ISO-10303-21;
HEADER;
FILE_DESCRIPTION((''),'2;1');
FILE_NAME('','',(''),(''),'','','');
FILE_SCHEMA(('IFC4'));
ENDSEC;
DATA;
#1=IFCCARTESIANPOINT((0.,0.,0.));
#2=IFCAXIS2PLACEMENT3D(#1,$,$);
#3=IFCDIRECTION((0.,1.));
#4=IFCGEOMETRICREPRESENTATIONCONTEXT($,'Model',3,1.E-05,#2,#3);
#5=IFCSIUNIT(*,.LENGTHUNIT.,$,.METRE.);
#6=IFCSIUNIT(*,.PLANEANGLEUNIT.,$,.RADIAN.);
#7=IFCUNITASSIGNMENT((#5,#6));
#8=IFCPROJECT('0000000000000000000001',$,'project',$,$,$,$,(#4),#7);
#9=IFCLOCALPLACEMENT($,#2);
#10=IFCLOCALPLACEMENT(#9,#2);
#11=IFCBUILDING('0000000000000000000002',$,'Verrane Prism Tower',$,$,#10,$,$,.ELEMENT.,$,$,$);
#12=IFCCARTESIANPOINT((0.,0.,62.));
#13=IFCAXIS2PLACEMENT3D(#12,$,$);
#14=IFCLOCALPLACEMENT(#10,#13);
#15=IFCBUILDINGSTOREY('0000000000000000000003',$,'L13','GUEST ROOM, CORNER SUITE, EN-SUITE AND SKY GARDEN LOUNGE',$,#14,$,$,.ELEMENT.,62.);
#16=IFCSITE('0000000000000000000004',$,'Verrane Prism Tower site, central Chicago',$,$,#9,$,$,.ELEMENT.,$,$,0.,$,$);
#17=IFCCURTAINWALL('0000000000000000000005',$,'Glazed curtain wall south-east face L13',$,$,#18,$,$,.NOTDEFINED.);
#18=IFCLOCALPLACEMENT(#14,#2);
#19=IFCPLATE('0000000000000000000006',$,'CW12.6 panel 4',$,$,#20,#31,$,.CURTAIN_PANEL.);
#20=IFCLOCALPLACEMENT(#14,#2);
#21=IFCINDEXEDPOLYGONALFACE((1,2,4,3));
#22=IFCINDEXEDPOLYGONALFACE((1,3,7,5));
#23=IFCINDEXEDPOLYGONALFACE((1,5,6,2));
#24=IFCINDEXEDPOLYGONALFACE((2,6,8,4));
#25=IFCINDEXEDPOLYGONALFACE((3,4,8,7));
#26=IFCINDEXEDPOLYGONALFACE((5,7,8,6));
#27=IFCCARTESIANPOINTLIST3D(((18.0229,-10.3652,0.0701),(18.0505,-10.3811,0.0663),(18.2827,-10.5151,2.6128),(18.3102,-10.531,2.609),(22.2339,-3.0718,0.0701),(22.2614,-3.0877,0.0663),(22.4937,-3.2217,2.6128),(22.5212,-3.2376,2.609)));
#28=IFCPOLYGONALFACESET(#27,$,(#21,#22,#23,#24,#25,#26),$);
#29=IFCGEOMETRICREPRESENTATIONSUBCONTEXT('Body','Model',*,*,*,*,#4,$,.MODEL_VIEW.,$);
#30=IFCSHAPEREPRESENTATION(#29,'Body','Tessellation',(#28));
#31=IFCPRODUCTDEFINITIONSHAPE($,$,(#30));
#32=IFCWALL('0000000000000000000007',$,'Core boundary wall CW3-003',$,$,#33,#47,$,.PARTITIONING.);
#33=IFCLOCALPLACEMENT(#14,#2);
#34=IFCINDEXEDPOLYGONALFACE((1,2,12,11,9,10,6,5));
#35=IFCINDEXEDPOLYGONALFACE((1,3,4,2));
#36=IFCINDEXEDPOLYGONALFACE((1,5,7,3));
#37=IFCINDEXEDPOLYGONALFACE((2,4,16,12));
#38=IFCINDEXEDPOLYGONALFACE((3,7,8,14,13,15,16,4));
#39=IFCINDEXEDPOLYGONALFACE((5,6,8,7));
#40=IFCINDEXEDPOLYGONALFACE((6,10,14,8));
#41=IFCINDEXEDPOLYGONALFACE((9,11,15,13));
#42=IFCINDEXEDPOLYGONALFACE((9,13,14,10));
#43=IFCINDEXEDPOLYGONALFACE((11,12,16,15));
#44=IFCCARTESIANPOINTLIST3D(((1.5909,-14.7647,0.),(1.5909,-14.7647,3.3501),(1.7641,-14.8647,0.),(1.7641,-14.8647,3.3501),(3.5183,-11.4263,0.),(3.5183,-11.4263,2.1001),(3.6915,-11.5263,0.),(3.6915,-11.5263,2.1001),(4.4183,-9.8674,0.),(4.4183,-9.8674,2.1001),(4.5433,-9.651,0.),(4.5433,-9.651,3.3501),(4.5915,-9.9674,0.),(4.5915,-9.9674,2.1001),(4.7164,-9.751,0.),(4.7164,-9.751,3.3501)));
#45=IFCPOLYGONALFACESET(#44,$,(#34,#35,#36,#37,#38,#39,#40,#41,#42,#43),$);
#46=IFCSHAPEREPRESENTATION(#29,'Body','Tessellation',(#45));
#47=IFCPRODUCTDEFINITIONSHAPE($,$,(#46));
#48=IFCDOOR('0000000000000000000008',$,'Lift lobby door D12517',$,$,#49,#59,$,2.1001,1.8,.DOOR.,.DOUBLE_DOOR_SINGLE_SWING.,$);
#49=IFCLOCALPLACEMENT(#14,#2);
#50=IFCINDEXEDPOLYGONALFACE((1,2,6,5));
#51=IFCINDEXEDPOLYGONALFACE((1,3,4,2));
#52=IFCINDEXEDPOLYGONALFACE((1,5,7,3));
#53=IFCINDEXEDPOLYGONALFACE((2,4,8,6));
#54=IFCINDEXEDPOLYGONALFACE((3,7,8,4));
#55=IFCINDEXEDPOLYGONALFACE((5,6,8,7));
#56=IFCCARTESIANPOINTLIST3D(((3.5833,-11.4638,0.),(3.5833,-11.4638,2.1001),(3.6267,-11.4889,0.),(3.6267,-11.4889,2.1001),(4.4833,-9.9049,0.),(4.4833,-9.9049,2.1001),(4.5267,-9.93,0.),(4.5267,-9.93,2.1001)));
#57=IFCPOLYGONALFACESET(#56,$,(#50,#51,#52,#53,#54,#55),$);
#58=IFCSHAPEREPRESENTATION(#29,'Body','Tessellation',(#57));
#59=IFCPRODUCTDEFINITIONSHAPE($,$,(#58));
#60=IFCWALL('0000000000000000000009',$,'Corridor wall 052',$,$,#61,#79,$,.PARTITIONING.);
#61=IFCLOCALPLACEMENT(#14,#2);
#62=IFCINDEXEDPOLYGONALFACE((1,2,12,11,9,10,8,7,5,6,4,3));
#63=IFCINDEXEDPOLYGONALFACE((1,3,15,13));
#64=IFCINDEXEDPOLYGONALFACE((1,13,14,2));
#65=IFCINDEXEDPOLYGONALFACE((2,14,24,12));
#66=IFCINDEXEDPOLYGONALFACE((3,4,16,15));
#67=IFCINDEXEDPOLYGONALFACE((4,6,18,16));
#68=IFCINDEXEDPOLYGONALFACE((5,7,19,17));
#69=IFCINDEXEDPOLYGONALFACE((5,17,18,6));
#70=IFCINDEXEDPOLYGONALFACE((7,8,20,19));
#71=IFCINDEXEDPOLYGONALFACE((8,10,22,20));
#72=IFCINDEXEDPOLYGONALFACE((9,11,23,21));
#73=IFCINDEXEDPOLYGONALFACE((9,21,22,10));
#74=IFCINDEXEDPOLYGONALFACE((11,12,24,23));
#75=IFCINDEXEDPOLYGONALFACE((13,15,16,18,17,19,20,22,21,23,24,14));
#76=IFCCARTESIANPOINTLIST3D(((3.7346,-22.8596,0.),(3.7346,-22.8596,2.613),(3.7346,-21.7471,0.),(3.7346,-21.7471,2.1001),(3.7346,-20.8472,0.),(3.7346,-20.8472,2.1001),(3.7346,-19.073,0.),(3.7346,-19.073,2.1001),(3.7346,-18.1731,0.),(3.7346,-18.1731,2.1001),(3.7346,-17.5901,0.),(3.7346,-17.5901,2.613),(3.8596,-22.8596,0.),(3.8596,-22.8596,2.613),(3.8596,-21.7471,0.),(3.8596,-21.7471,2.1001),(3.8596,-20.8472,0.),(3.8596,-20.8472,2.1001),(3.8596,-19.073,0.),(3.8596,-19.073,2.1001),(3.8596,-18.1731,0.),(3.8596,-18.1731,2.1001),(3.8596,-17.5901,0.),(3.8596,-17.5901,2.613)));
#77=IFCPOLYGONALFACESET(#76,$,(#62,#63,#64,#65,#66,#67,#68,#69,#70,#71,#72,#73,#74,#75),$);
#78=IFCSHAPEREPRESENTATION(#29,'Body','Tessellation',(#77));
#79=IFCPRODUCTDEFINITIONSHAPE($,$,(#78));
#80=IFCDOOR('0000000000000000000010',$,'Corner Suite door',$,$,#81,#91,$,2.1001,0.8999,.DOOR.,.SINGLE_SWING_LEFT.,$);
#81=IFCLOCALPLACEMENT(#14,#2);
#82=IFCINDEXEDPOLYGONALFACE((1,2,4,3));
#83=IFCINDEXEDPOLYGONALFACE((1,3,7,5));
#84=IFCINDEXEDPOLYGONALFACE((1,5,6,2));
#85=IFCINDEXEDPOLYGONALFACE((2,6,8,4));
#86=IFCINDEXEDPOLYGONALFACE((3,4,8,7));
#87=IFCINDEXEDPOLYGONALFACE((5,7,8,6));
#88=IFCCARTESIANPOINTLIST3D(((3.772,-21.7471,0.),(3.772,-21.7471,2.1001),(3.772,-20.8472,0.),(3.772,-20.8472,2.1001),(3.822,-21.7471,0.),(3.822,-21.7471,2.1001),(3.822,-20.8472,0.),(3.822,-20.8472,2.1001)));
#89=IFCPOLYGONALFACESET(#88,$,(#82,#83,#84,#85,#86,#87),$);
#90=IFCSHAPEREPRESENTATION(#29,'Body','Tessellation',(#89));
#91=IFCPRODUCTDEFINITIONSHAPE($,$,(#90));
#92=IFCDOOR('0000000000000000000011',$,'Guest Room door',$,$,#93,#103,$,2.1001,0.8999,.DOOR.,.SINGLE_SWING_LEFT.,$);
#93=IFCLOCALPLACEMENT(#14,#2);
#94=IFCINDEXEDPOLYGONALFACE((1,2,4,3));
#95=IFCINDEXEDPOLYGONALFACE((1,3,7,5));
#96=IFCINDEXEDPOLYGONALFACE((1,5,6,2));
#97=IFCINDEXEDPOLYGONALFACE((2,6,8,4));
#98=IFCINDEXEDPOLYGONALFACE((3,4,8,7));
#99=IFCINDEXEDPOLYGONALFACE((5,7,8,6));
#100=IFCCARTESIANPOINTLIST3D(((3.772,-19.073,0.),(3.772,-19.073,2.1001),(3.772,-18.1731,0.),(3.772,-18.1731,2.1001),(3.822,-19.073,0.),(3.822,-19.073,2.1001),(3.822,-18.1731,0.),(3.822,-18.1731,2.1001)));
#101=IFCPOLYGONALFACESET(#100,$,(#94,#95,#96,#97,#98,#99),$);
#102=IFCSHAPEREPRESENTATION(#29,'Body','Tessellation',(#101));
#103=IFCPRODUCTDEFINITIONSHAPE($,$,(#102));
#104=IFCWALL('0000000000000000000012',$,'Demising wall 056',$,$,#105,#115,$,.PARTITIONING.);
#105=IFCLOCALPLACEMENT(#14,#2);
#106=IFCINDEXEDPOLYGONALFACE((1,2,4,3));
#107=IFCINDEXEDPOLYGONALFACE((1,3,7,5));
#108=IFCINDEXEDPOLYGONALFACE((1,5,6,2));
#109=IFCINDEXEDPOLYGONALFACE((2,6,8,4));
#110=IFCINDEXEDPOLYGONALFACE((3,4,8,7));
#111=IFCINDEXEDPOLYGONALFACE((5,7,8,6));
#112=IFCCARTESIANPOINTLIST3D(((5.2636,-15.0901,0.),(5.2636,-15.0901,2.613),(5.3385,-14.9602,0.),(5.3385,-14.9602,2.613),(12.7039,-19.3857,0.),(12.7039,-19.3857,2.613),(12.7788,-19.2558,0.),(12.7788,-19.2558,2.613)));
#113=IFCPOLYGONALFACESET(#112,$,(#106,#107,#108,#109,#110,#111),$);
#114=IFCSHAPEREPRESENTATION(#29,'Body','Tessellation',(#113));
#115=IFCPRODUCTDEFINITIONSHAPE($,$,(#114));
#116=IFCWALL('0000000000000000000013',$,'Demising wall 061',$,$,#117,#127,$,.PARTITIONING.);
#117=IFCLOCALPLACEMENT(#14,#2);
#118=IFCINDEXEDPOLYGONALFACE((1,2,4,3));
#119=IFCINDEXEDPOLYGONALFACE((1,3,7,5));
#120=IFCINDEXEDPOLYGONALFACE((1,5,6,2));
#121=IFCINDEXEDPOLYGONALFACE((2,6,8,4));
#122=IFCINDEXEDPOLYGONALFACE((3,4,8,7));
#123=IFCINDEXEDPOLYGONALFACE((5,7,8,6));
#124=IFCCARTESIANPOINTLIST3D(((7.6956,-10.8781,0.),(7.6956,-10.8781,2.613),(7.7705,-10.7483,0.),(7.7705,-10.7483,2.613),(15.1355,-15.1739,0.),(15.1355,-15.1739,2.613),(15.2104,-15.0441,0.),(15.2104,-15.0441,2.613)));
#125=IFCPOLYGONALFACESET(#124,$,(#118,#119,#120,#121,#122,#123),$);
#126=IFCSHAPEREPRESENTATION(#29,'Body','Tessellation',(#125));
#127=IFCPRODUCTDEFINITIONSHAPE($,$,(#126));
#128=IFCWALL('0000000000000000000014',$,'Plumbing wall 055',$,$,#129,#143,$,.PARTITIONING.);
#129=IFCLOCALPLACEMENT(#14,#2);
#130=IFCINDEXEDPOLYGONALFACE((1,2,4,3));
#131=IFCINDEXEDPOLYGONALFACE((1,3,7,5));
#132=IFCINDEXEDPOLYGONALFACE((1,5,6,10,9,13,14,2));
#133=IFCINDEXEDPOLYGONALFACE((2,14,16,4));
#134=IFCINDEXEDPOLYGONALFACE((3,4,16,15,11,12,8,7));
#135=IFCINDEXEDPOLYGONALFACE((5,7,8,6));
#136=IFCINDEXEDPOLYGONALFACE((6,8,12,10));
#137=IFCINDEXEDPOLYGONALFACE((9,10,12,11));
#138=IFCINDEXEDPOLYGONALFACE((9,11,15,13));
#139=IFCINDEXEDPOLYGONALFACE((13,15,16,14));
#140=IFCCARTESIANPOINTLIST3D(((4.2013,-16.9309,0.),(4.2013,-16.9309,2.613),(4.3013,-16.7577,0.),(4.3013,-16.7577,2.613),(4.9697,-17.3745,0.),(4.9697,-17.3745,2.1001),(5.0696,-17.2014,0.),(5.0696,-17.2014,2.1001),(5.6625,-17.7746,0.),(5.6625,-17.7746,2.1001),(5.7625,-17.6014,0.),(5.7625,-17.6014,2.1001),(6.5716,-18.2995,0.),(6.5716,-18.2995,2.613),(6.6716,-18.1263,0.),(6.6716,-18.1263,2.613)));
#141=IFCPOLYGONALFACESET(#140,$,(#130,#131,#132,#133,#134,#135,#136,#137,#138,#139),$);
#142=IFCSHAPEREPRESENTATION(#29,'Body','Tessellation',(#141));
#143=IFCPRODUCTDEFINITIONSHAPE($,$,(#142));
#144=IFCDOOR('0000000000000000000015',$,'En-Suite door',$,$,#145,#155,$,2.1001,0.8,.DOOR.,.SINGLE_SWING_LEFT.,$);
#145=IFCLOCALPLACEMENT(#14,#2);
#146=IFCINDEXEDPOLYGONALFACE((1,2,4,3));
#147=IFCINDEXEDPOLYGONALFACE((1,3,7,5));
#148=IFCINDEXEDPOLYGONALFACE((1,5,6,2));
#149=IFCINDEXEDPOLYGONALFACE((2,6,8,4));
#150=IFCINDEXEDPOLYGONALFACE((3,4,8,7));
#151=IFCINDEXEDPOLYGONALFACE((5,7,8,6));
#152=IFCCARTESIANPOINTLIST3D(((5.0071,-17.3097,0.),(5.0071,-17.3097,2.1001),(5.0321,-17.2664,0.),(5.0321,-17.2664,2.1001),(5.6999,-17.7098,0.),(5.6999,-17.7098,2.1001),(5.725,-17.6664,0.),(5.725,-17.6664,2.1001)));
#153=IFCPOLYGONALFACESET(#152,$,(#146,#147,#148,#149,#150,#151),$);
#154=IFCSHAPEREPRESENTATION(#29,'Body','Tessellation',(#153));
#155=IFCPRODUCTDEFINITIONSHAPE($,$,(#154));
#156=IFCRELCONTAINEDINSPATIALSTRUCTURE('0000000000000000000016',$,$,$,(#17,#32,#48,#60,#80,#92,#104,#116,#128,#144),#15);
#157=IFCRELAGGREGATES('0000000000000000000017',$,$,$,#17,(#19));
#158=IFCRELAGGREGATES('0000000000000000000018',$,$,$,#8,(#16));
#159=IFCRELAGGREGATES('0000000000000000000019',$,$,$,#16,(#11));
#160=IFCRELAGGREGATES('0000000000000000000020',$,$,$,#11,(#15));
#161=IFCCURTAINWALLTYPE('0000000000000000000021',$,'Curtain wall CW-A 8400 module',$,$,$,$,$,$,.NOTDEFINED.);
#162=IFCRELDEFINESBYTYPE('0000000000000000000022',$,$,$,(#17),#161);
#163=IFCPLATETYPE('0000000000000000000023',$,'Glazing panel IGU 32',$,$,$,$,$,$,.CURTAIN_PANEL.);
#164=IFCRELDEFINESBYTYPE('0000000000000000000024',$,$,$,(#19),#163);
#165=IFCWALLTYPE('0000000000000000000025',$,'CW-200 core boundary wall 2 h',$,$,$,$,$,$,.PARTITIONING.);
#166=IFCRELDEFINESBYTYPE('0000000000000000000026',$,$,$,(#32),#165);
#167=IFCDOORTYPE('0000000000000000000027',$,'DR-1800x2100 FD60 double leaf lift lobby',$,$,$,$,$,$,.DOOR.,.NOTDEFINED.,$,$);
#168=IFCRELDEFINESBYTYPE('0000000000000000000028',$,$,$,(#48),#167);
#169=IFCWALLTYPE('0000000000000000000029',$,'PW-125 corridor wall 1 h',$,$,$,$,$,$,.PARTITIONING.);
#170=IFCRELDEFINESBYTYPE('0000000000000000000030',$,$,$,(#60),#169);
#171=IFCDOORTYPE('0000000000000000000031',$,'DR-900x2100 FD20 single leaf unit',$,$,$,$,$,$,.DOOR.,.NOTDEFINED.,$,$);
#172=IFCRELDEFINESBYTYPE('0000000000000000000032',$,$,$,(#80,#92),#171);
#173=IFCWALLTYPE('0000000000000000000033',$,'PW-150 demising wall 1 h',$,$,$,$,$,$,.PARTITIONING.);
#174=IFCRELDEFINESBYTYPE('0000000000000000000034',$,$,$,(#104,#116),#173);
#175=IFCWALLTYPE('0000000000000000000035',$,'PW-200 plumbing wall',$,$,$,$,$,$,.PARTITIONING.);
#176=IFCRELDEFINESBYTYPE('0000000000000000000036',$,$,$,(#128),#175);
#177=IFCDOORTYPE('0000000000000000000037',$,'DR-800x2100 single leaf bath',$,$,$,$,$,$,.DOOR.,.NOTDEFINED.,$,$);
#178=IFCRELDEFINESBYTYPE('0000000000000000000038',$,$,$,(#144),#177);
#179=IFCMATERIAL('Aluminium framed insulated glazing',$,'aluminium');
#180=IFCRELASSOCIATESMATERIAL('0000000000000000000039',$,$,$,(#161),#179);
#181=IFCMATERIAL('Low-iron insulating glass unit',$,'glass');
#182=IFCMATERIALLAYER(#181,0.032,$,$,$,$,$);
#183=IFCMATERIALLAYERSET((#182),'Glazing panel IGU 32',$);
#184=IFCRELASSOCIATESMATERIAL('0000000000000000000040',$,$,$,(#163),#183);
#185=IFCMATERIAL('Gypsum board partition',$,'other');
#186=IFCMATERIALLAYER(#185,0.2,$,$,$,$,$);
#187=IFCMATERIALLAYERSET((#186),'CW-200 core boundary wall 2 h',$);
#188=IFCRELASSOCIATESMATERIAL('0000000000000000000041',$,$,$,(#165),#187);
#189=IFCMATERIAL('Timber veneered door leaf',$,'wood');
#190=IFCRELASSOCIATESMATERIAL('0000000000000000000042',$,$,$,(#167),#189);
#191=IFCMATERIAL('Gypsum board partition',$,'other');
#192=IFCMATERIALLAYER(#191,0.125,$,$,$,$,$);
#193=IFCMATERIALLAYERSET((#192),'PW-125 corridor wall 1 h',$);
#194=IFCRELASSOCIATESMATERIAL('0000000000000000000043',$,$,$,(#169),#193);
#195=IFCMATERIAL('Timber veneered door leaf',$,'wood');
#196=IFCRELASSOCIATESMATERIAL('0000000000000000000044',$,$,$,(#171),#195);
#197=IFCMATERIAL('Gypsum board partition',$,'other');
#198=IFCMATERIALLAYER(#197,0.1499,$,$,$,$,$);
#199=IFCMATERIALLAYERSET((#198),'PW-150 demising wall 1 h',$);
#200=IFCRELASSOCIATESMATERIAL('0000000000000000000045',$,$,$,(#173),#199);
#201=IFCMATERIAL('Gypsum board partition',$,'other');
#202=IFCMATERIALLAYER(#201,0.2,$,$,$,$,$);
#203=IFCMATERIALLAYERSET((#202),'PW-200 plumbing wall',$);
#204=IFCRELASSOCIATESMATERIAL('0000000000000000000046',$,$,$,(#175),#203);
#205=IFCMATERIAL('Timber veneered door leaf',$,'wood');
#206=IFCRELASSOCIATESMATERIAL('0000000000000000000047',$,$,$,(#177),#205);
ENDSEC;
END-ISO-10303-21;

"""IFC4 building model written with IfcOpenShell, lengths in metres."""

from ifc_helpers import new_model, si_unit, direction, frame, frame_2d, origin, place, context, subcontext, project, spatial, polyline, rectangle, outline, extrude, material, layer, layer_set, type_object, element, fill, aggregate, save


model = new_model("IFC4")

# Units and contexts
model_context = context("Model", 3, precision=1e-05, world=origin(), true_north=direction((0.0, 1.0)))
body_context = subcontext(model_context, "Body", "Model", "MODEL_VIEW")
ifc_project = project(units=[si_unit("LENGTHUNIT", "METRE"), si_unit("PLANEANGLEUNIT", "RADIAN")], contexts=[model_context])

# Site, building, storey
site_placement = place(None, origin())
site = spatial("IfcSite", under=ifc_project, at=site_placement, Name="Verrane Prism Tower site, central Chicago", CompositionType="ELEMENT", RefElevation=0.0)
building_placement = place(site_placement, origin())
building = spatial("IfcBuilding", under=site, at=building_placement, Name="Verrane Prism Tower", CompositionType="ELEMENT")
storey_placement = place(building_placement, frame((0.0, 0.0, 62.0)))
storey = spatial("IfcBuildingStorey", under=building, at=storey_placement, Name="L13", Description="GUEST ROOM, CORNER SUITE, EN-SUITE AND SKY GARDEN LOUNGE", CompositionType="ELEMENT", Elevation=62.0)

# Curtain wall
ifc_material_1 = material(Name="Aluminium framed insulated glazing", Category="aluminium")
curtain_wall_type = type_object("IfcCurtainWallType", Name="Curtain wall CW-A 8400 module", PredefinedType="NOTDEFINED", material=ifc_material_1)
curtain_wall_placement = place(storey_placement, origin())
curtain_wall = element("IfcCurtainWall", 1, at=curtain_wall_placement, inside=storey, type_object=curtain_wall_type, Name="Glazed curtain wall south-east face L13", PredefinedType="NOTDEFINED")

# Plate
ifc_material_2 = material(Name="Low-iron insulating glass unit", Category="glass")
ifc_layer_1 = layer(ifc_material_2, 0.032)
ifc_layer_set_1 = layer_set([ifc_layer_1], Name="Glazing panel IGU 32")
plate_type = type_object("IfcPlateType", Name="Glazing panel IGU 32", PredefinedType="CURTAIN_PANEL", material=ifc_layer_set_1)
plate_1_placement = place(storey_placement, frame((18.0229, -10.3652, 0.0701), z_axis=(-0.86006, 0.496563, 0.117138), x_axis=(0.500005, 0.866022, 0.0)))
plate_1 = element("IfcPlate", 2, at=plate_1_placement, type_object=plate_type, Name="CW12.6 panel 4", PredefinedType="CURTAIN_PANEL", context=body_context, shape_type="SweptSolid", body=[
    extrude(outline(polyline([(0.0, 0.0), (8.4218, 0.0), (8.4219, -2.5604), (0.0001, -2.5604), (0.0, 0.0)])), origin(), (0.0, 0.0, -1.0), 0.032),
])
aggregate(curtain_wall, [plate_1])

# Wall, opening, door
ifc_material_3 = material(Name="Gypsum board partition", Category="other")
ifc_layer_2 = layer(ifc_material_3, 0.2)
ifc_layer_set_2 = layer_set([ifc_layer_2], Name="CW-200 core boundary wall 2 h")
wall_type_1 = type_object("IfcWallType", Name="CW-200 core boundary wall 2 h", PredefinedType="PARTITIONING", material=ifc_layer_set_2)
wall_1_placement = place(storey_placement, frame((1.6775, -14.8147, 0.0), z_axis=(0.0, 0.0, 1.0), x_axis=(0.499994, 0.866029, 0.0)))
wall_1 = element("IfcWall", 3, at=wall_1_placement, inside=storey, type_object=wall_type_1, Name="Core boundary wall CW3-003", PredefinedType="PARTITIONING", context=body_context, shape_type="SweptSolid", body=[
    extrude(rectangle(XDim=5.9048, YDim=0.2, at=frame_2d((2.9524, 0.0))), origin(), (0.0, 0.0, 1.0), 3.3501),
])
opening_1_placement = place(wall_1_placement, frame((3.855, 0.0, 0.0)))
opening_1 = element("IfcOpeningElement", 4, at=opening_1_placement, cuts=wall_1, PredefinedType="OPENING", context=body_context, shape_type="SweptSolid", body=[
    extrude(rectangle(XDim=1.8, YDim=2.1001, at=frame_2d((0.8999, 1.05))), frame((0.0, 0.1099, 0.0), z_axis=(0.0, -1.0, 0.0), x_axis=(1.0, 0.0, 0.0)), (0.0, 0.0, 1.0), 0.22),
])
ifc_material_4 = material(Name="Timber veneered door leaf", Category="wood")
door_type_1 = type_object("IfcDoorType", Name="DR-1800x2100 FD60 double leaf lift lobby", OperationType="NOTDEFINED", PredefinedType="DOOR", material=ifc_material_4)
door_1_placement = place(opening_1_placement, origin())
door_1 = element("IfcDoor", 5, at=door_1_placement, inside=storey, type_object=door_type_1, Name="Lift lobby door D12517", OperationType="DOUBLE_DOOR_SINGLE_SWING", OverallHeight=2.1001, OverallWidth=1.8, PredefinedType="DOOR", context=body_context, shape_type="SweptSolid", body=[
    extrude(rectangle(XDim=1.8, YDim=2.1001, at=frame_2d((0.8999, 1.05))), frame((0.0, 0.0249, 0.0), z_axis=(0.0, -1.0, 0.0), x_axis=(1.0, 0.0, 0.0)), (0.0, 0.0, 1.0), 0.05),
])
fill(opening_1, door_1)

# Wall, openings, doors
ifc_material_5 = material(Name="Gypsum board partition", Category="other")
ifc_layer_3 = layer(ifc_material_5, 0.125)
ifc_layer_set_3 = layer_set([ifc_layer_3], Name="PW-125 corridor wall 1 h")
wall_type_2 = type_object("IfcWallType", Name="PW-125 corridor wall 1 h", PredefinedType="PARTITIONING", material=ifc_layer_set_3)
wall_2_placement = place(storey_placement, frame((3.7971, -17.5901, 0.0), z_axis=(0.0, 0.0, 1.0), x_axis=(0.0, -1.0, 0.0)))
wall_2 = element("IfcWall", 6, at=wall_2_placement, inside=storey, type_object=wall_type_2, Name="Corridor wall 052", PredefinedType="PARTITIONING", context=body_context, shape_type="SweptSolid", body=[
    extrude(rectangle(XDim=5.2695, YDim=0.125, at=frame_2d((2.6348, 0.0))), origin(), (0.0, 0.0, 1.0), 2.613),
])
opening_2_placement = place(wall_2_placement, frame((3.2571, 0.0, 0.0)))
opening_2 = element("IfcOpeningElement", 7, at=opening_2_placement, cuts=wall_2, PredefinedType="OPENING", context=body_context, shape_type="SweptSolid", body=[
    extrude(rectangle(XDim=0.8999, YDim=2.1001, at=frame_2d((0.45, 1.05))), frame((0.0, 0.0725, 0.0), z_axis=(0.0, -1.0, 0.0), x_axis=(1.0, 0.0, 0.0)), (0.0, 0.0, 1.0), 0.145),
])
opening_3_placement = place(wall_2_placement, frame((0.583, 0.0, 0.0)))
opening_3 = element("IfcOpeningElement", 8, at=opening_3_placement, cuts=wall_2, PredefinedType="OPENING", context=body_context, shape_type="SweptSolid", body=[
    extrude(rectangle(XDim=0.8999, YDim=2.1001, at=frame_2d((0.45, 1.05))), frame((0.0, 0.0725, 0.0), z_axis=(0.0, -1.0, 0.0), x_axis=(1.0, 0.0, 0.0)), (0.0, 0.0, 1.0), 0.145),
])
ifc_material_6 = material(Name="Timber veneered door leaf", Category="wood")
door_type_2 = type_object("IfcDoorType", Name="DR-900x2100 FD20 single leaf unit", OperationType="NOTDEFINED", PredefinedType="DOOR", material=ifc_material_6)
door_2_placement = place(opening_2_placement, origin())
door_2 = element("IfcDoor", 9, at=door_2_placement, inside=storey, type_object=door_type_2, Name="Corner Suite door", OperationType="SINGLE_SWING_LEFT", OverallHeight=2.1001, OverallWidth=0.8999, PredefinedType="DOOR", context=body_context, shape_type="SweptSolid", body=[
    extrude(rectangle(XDim=0.8999, YDim=2.1001, at=frame_2d((0.45, 1.05))), frame((0.0, 0.0249, 0.0), z_axis=(0.0, -1.0, 0.0), x_axis=(1.0, 0.0, 0.0)), (0.0, 0.0, 1.0), 0.05),
])
fill(opening_2, door_2)
door_3_placement = place(opening_3_placement, origin())
door_3 = element("IfcDoor", 10, at=door_3_placement, inside=storey, type_object=door_type_2, Name="Guest Room door", OperationType="SINGLE_SWING_LEFT", OverallHeight=2.1001, OverallWidth=0.8999, PredefinedType="DOOR", context=body_context, shape_type="SweptSolid", body=[
    extrude(rectangle(XDim=0.8999, YDim=2.1001, at=frame_2d((0.45, 1.05))), frame((0.0, 0.0249, 0.0), z_axis=(0.0, -1.0, 0.0), x_axis=(1.0, 0.0, 0.0)), (0.0, 0.0, 1.0), 0.05),
])
fill(opening_3, door_3)

# Walls
ifc_material_7 = material(Name="Gypsum board partition", Category="other")
ifc_layer_4 = layer(ifc_material_7, 0.1499)
ifc_layer_set_4 = layer_set([ifc_layer_4], Name="PW-150 demising wall 1 h")
wall_type_3 = type_object("IfcWallType", Name="PW-150 demising wall 1 h", PredefinedType="PARTITIONING", material=ifc_layer_set_4)
wall_3_placement = place(storey_placement, frame((5.301, -15.0251, 0.0), z_axis=(0.0, 0.0, 1.0), x_axis=(0.866029, -0.499993, 0.0)))
element("IfcWall", 11, at=wall_3_placement, inside=storey, type_object=wall_type_3, Name="Demising wall 056", PredefinedType="PARTITIONING", context=body_context, shape_type="SweptSolid", body=[
    extrude(rectangle(XDim=8.5913, YDim=0.1499, at=frame_2d((4.2957, 0.0))), origin(), (0.0, 0.0, 1.0), 2.613),
])
wall_4_placement = place(storey_placement, frame((7.7332, -10.8132, 0.0), z_axis=(0.0, 0.0, 1.0), x_axis=(0.866003, -0.500039, 0.0)))
element("IfcWall", 12, at=wall_4_placement, inside=storey, type_object=wall_type_3, Name="Demising wall 061", PredefinedType="PARTITIONING", context=body_context, shape_type="SweptSolid", body=[
    extrude(rectangle(XDim=8.5911, YDim=0.1499, at=frame_2d((4.2954, 0.0))), origin(), (0.0, 0.0, 1.0), 2.613),
])

# Wall, opening, door
ifc_material_8 = material(Name="Gypsum board partition", Category="other")
ifc_layer_5 = layer(ifc_material_8, 0.2)
ifc_layer_set_5 = layer_set([ifc_layer_5], Name="PW-200 plumbing wall")
wall_type_4 = type_object("IfcWallType", Name="PW-200 plumbing wall", PredefinedType="PARTITIONING", material=ifc_layer_set_5)
wall_5_placement = place(storey_placement, frame((4.2512, -16.8442, 0.0), z_axis=(0.0, 0.0, 1.0), x_axis=(0.866006, -0.500034, 0.0)))
wall_5 = element("IfcWall", 13, at=wall_5_placement, inside=storey, type_object=wall_type_4, Name="Plumbing wall 055", PredefinedType="PARTITIONING", context=body_context, shape_type="SweptSolid", body=[
    extrude(rectangle(XDim=2.7371, YDim=0.2, at=frame_2d((1.3687, 0.0))), origin(), (0.0, 0.0, 1.0), 2.613),
])
opening_4_placement = place(wall_5_placement, frame((0.8875, 0.0, 0.0)))
opening_4 = element("IfcOpeningElement", 14, at=opening_4_placement, cuts=wall_5, PredefinedType="OPENING", context=body_context, shape_type="SweptSolid", body=[
    extrude(rectangle(XDim=0.8, YDim=2.1001, at=frame_2d((0.3999, 1.05))), frame((0.0, 0.1099, 0.0), z_axis=(0.0, -1.0, 0.0), x_axis=(1.0, 0.0, 0.0)), (0.0, 0.0, 1.0), 0.22),
])
ifc_material_9 = material(Name="Timber veneered door leaf", Category="wood")
door_type_3 = type_object("IfcDoorType", Name="DR-800x2100 single leaf bath", OperationType="NOTDEFINED", PredefinedType="DOOR", material=ifc_material_9)
door_4_placement = place(opening_4_placement, origin())
door_4 = element("IfcDoor", 15, at=door_4_placement, inside=storey, type_object=door_type_3, Name="En-Suite door", OperationType="SINGLE_SWING_LEFT", OverallHeight=2.1001, OverallWidth=0.8, PredefinedType="DOOR", context=body_context, shape_type="SweptSolid", body=[
    extrude(rectangle(XDim=0.8, YDim=2.1001, at=frame_2d((0.3999, 1.05))), frame((0.0, 0.0249, 0.0), z_axis=(0.0, -1.0, 0.0), x_axis=(1.0, 0.0, 0.0)), (0.0, 0.0, 1.0), 0.05),
])
fill(opening_4, door_4)

save(model, "model.ifc")
